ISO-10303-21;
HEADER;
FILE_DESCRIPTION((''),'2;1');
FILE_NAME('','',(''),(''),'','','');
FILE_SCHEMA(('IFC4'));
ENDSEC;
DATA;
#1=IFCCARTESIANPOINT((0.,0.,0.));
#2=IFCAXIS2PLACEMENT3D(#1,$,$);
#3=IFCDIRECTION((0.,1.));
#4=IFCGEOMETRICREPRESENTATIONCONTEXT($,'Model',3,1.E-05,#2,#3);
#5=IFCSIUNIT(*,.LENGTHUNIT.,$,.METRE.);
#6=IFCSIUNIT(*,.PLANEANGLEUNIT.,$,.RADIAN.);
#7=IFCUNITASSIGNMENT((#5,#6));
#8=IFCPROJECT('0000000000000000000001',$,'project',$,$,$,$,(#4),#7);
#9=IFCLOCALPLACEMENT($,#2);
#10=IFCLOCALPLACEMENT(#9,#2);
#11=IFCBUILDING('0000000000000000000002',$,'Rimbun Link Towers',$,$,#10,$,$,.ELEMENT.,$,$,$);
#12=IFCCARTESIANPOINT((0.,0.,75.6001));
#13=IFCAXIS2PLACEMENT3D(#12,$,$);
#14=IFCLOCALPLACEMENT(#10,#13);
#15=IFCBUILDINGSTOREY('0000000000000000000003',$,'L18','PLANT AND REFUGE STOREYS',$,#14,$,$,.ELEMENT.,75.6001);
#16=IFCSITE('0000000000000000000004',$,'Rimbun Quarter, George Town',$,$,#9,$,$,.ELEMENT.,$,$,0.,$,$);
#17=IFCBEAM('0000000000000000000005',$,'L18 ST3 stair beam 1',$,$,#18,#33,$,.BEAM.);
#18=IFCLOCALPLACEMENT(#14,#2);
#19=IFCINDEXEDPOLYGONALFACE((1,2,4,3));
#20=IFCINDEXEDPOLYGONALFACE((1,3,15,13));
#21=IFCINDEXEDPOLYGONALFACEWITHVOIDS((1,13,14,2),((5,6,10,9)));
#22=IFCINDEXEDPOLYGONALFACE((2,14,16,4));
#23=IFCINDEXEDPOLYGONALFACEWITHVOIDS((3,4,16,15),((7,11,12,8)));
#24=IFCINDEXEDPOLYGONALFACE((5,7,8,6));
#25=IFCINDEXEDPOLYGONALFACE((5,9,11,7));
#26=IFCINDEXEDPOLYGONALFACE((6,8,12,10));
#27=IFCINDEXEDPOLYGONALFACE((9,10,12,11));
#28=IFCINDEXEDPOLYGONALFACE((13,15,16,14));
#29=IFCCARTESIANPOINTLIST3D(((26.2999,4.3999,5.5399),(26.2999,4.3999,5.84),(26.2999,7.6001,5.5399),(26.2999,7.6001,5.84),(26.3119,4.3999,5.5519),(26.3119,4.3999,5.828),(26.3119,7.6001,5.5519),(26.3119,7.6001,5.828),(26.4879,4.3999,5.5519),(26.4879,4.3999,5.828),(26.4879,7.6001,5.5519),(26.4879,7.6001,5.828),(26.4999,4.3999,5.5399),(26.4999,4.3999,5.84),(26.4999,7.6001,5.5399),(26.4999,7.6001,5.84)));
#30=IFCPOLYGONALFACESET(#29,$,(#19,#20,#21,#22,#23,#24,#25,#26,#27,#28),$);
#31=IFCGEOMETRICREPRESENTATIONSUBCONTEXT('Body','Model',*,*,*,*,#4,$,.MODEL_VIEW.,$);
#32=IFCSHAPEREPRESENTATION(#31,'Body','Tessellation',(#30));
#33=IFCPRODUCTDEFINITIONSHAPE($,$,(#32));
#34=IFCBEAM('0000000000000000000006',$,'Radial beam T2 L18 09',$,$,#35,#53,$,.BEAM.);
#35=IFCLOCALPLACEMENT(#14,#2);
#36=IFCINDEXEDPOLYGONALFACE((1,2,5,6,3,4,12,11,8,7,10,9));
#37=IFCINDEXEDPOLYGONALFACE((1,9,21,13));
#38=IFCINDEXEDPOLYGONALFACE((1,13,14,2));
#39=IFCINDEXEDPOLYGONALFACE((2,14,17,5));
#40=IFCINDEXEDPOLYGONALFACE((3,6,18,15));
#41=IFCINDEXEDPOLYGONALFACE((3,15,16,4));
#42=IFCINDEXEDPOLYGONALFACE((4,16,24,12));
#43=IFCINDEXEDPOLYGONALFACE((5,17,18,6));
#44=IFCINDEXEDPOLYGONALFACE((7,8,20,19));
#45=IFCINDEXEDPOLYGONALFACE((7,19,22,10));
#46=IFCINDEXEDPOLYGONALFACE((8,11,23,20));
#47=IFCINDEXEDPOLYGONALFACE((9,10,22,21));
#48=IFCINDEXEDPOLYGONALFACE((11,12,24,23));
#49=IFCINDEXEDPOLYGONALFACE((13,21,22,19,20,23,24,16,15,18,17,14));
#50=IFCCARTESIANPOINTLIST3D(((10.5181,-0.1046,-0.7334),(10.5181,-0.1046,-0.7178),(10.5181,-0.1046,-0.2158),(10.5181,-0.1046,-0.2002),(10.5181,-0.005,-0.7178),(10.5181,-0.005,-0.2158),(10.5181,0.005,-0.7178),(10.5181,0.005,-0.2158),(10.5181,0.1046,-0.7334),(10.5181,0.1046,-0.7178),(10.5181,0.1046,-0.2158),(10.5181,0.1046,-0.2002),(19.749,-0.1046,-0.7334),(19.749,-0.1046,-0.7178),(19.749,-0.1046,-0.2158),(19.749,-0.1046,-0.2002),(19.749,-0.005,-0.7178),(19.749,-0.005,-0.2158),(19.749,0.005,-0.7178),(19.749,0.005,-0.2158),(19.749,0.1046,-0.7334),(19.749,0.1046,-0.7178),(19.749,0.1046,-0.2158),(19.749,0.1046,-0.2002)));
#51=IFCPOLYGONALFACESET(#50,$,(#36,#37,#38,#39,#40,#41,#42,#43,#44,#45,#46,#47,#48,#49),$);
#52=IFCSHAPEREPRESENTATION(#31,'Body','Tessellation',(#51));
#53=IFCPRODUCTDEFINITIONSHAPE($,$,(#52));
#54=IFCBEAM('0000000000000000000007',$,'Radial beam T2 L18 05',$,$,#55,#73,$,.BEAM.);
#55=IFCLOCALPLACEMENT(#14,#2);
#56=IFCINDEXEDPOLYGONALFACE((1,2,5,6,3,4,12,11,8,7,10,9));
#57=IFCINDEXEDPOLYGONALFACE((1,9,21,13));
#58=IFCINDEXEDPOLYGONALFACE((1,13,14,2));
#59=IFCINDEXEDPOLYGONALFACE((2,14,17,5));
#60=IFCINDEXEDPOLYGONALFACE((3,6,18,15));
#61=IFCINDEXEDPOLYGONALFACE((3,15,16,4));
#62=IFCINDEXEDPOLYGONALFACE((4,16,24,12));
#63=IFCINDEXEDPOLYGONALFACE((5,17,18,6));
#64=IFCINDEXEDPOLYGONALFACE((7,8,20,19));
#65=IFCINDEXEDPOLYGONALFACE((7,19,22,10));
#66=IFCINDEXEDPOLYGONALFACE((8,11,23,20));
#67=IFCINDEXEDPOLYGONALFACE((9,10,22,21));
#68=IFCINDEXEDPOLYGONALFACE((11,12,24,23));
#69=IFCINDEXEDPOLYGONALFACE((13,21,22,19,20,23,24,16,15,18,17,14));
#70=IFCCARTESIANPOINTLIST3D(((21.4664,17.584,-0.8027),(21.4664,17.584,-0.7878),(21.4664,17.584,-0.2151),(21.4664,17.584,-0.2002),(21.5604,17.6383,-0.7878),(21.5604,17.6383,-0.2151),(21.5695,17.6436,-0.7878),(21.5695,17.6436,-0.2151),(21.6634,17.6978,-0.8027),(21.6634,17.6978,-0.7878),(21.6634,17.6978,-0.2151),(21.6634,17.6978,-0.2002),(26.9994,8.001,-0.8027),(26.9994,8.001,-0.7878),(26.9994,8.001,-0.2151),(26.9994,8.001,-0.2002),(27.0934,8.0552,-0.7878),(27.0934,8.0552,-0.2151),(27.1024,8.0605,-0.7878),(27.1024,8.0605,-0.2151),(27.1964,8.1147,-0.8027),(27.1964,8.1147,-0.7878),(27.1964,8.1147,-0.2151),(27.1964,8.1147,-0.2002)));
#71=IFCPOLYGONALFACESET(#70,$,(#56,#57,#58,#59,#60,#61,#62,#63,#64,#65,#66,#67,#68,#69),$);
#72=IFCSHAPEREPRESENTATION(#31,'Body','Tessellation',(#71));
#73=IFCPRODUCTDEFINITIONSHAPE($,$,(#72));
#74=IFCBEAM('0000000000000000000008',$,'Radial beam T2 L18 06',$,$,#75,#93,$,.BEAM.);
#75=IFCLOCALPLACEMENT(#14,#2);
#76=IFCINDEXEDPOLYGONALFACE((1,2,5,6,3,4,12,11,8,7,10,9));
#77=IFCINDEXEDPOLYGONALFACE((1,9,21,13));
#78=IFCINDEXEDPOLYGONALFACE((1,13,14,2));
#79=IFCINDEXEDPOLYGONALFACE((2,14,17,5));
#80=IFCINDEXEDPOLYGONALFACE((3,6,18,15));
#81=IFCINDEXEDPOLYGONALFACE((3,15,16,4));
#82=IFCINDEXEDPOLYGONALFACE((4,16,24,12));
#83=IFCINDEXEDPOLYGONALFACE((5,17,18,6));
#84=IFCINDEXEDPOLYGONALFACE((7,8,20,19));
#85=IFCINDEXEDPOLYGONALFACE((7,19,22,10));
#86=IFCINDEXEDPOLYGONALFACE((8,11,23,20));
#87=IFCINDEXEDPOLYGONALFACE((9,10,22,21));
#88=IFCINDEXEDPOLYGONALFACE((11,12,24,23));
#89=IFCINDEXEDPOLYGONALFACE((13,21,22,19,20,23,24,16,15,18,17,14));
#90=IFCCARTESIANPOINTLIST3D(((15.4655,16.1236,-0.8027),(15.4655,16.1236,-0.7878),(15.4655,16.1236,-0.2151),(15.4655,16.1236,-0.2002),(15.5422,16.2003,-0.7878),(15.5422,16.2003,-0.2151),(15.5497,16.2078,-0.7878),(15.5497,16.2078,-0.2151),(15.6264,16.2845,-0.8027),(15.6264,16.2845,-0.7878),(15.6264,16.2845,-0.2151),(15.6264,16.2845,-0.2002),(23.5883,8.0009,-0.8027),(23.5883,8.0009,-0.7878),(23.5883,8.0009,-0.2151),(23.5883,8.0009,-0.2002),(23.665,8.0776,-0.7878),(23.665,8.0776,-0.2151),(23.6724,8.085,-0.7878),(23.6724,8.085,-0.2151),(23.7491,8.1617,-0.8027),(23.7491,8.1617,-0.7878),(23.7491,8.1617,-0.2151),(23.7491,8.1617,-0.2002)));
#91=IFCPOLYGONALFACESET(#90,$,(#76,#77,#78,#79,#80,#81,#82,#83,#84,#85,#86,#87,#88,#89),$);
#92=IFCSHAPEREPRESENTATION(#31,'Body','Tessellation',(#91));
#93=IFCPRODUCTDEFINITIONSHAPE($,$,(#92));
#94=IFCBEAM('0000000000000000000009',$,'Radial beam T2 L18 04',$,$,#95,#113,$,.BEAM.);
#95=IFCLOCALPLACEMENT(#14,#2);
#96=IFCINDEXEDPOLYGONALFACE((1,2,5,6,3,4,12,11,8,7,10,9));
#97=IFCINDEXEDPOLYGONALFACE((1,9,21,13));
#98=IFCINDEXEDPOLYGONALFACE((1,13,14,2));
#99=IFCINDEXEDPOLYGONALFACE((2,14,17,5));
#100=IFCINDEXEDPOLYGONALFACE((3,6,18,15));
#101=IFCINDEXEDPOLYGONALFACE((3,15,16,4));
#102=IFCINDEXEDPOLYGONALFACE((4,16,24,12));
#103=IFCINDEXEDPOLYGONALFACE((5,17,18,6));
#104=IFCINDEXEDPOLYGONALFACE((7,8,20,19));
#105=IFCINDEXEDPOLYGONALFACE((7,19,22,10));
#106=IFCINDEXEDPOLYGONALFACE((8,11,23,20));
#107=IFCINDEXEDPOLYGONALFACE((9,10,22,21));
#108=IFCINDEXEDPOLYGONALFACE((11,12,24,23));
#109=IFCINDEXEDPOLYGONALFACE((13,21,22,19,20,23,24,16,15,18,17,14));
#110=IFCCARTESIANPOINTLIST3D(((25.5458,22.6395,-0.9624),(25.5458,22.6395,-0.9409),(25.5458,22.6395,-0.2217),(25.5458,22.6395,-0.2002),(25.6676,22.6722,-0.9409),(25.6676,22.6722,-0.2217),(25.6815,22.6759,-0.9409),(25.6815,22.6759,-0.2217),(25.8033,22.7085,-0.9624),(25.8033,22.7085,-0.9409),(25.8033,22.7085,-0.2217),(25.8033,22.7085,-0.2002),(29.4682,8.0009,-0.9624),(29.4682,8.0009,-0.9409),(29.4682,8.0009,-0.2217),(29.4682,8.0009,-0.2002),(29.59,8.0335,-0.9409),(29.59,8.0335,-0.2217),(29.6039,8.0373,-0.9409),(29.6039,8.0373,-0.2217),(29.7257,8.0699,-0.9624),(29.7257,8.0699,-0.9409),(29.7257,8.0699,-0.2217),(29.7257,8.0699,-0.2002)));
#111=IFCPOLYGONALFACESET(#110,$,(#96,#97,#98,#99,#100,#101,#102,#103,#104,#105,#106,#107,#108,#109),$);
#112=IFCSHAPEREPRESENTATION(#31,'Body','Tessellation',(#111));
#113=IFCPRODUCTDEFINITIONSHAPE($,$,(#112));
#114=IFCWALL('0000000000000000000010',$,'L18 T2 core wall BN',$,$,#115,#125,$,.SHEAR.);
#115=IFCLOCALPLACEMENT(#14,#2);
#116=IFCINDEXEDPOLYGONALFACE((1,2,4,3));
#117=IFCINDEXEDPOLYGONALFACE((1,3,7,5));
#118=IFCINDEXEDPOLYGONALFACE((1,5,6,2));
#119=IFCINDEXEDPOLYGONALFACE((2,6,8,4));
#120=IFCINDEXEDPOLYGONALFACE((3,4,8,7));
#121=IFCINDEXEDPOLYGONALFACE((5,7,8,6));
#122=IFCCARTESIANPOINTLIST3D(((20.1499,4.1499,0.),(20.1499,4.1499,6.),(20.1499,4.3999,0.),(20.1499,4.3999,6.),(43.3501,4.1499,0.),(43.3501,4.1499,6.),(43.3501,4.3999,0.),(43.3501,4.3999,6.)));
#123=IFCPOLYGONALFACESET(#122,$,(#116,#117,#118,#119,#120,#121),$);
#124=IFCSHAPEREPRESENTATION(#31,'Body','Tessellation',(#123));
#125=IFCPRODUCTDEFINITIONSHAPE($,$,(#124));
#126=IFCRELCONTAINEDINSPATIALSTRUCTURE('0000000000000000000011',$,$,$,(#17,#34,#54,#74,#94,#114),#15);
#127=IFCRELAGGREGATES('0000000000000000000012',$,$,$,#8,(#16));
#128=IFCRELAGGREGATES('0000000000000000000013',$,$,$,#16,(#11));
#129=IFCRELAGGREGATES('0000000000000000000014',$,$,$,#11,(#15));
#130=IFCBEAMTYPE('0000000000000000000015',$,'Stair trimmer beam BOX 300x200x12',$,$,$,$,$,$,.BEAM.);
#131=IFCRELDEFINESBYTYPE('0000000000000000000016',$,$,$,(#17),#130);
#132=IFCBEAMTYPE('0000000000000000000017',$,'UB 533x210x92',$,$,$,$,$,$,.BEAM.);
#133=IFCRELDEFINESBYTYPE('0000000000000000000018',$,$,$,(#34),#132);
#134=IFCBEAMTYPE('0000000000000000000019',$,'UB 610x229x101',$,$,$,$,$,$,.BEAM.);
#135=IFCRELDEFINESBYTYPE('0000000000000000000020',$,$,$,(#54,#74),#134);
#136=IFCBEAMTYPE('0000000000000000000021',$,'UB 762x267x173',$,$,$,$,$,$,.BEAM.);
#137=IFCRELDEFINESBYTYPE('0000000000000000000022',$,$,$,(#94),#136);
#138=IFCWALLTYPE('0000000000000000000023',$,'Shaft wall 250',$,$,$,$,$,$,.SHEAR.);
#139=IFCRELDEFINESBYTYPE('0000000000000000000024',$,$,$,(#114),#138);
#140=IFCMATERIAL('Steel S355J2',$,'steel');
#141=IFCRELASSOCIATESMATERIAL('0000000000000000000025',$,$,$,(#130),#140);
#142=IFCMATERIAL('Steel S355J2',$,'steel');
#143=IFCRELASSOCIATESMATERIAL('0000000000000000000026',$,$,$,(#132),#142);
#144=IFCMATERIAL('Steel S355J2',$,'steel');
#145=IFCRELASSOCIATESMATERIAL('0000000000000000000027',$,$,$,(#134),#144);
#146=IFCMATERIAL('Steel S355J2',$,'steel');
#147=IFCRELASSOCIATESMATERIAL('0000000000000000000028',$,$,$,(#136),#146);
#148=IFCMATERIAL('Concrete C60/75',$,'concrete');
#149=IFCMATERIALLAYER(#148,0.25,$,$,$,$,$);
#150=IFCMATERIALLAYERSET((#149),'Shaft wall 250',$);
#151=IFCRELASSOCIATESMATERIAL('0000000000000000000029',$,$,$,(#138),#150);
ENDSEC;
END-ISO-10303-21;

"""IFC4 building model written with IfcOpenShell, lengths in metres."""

from ifc_helpers import new_model, si_unit, direction, frame, frame_2d, origin, origin_2d, place, context, subcontext, project, spatial, rectangle, hollow_rectangle, i_section, extrude, material, layer, layer_set, material_profile, profile_set, type_object, element, save


model = new_model("IFC4")

# Units and contexts
model_context = context("Model", 3, precision=1e-05, world=origin(), true_north=direction((0.0, 1.0)))
body_context = subcontext(model_context, "Body", "Model", "MODEL_VIEW")
ifc_project = project(units=[si_unit("LENGTHUNIT", "METRE"), si_unit("PLANEANGLEUNIT", "RADIAN")], contexts=[model_context])

# Site, building, storey
site_placement = place(None, origin())
site = spatial("IfcSite", under=ifc_project, at=site_placement, Name="Rimbun Quarter, George Town", CompositionType="ELEMENT", RefElevation=0.0)
building_placement = place(site_placement, origin())
building = spatial("IfcBuilding", under=site, at=building_placement, Name="Rimbun Link Towers", CompositionType="ELEMENT")
storey_placement = place(building_placement, frame((0.0, 0.0, 75.6001)))
storey = spatial("IfcBuildingStorey", under=building, at=storey_placement, Name="L18", Description="PLANT AND REFUGE STOREYS", CompositionType="ELEMENT", Elevation=75.6001)

# Beams
ifc_material_1 = material(Name="Steel S355J2", Category="steel")
ifc_material_profile_1 = material_profile(ifc_material_1, hollow_rectangle(XDim=0.2, YDim=0.3, WallThickness=0.012, at=origin_2d()), Name="BOX 300x200x12")
ifc_profile_set_1 = profile_set([ifc_material_profile_1], Name="Steel S355J2")
beam_type_1 = type_object("IfcBeamType", Name="Stair trimmer beam BOX 300x200x12", PredefinedType="BEAM", material=ifc_profile_set_1)
beam_1_placement = place(storey_placement, frame((26.3999, 7.6001, 5.6899), z_axis=(0.0, -1.0, 0.0), x_axis=(1.0, 0.0, 0.0)))
element("IfcBeam", 1, at=beam_1_placement, inside=storey, type_object=beam_type_1, Name="L18 ST3 stair beam 1", PredefinedType="BEAM", context=body_context, shape_type="SweptSolid", body=[
    extrude(hollow_rectangle(XDim=0.2, YDim=0.3, WallThickness=0.012, at=origin_2d()), origin(), (0.0, 0.0, 1.0), 3.2002),
])
ifc_material_2 = material(Name="Steel S355J2", Category="steel")
ifc_material_profile_2 = material_profile(ifc_material_2, i_section(OverallWidth=0.2092, OverallDepth=0.5332, WebThickness=0.01, FlangeThickness=0.0156, at=origin_2d()), Name="UB 533x210x92")
ifc_profile_set_2 = profile_set([ifc_material_profile_2], Name="Steel S355J2")
beam_type_2 = type_object("IfcBeamType", Name="UB 533x210x92", PredefinedType="BEAM", material=ifc_profile_set_2)
beam_2_placement = place(storey_placement, frame((19.749, 0.0, -0.4668), z_axis=(-1.0, 0.0, 0.0), x_axis=(0.0, -1.0, 0.0)))
element("IfcBeam", 2, at=beam_2_placement, inside=storey, type_object=beam_type_2, Name="Radial beam T2 L18 09", PredefinedType="BEAM", context=body_context, shape_type="SweptSolid", body=[
    extrude(i_section(OverallWidth=0.2092, OverallDepth=0.5332, WebThickness=0.01, FlangeThickness=0.0156, at=origin_2d()), origin(), (0.0, 0.0, 1.0), 9.231),
])
ifc_material_3 = material(Name="Steel S355J2", Category="steel")
ifc_material_profile_3 = material_profile(ifc_material_3, i_section(OverallWidth=0.2275, OverallDepth=0.6025, WebThickness=0.0105, FlangeThickness=0.0149, at=origin_2d()), Name="UB 610x229x101")
ifc_profile_set_3 = profile_set([ifc_material_profile_3], Name="Steel S355J2")
beam_type_3 = type_object("IfcBeamType", Name="UB 610x229x101", PredefinedType="BEAM", material=ifc_profile_set_3)
beam_3_placement = place(storey_placement, frame((27.0979, 8.0579, -0.5015), z_axis=(-0.500014, 0.866017, 0.0), x_axis=(-0.866017, -0.500014, 0.0)))
element("IfcBeam", 3, at=beam_3_placement, inside=storey, type_object=beam_type_3, Name="Radial beam T2 L18 05", PredefinedType="BEAM", context=body_context, shape_type="SweptSolid", body=[
    extrude(i_section(OverallWidth=0.2275, OverallDepth=0.6025, WebThickness=0.0105, FlangeThickness=0.0149, at=origin_2d()), origin(), (0.0, 0.0, 1.0), 11.0657),
])
beam_4_placement = place(storey_placement, frame((23.6687, 8.0813, -0.5015), z_axis=(-0.707107, 0.707107, 0.0), x_axis=(-0.707107, -0.707107, 0.0)))
element("IfcBeam", 4, at=beam_4_placement, inside=storey, type_object=beam_type_3, Name="Radial beam T2 L18 06", PredefinedType="BEAM", context=body_context, shape_type="SweptSolid", body=[
    extrude(i_section(OverallWidth=0.2275, OverallDepth=0.6025, WebThickness=0.0105, FlangeThickness=0.0149, at=origin_2d()), origin(), (0.0, 0.0, 1.0), 11.4873),
])
ifc_material_4 = material(Name="Steel S355J2", Category="steel")
ifc_material_profile_4 = material_profile(ifc_material_4, i_section(OverallWidth=0.2666, OverallDepth=0.7622, WebThickness=0.0144, FlangeThickness=0.0215, at=origin_2d()), Name="UB 762x267x173")
ifc_profile_set_4 = profile_set([ifc_material_profile_4], Name="Steel S355J2")
beam_type_4 = type_object("IfcBeamType", Name="UB 762x267x173", PredefinedType="BEAM", material=ifc_profile_set_4)
beam_5_placement = place(storey_placement, frame((29.5969, 8.0354, -0.5813), z_axis=(-0.258816, 0.965927, 0.0), x_axis=(-0.965927, -0.258816, 0.0)))
element("IfcBeam", 5, at=beam_5_placement, inside=storey, type_object=beam_type_4, Name="Radial beam T2 L18 04", PredefinedType="BEAM", context=body_context, shape_type="SweptSolid", body=[
    extrude(i_section(OverallWidth=0.2666, OverallDepth=0.7622, WebThickness=0.0144, FlangeThickness=0.0215, at=origin_2d()), origin(), (0.0, 0.0, 1.0), 15.155),
])

# Wall
ifc_material_5 = material(Name="Concrete C60/75", Category="concrete")
ifc_layer = layer(ifc_material_5, 0.25)
ifc_layer_set = layer_set([ifc_layer], Name="Shaft wall 250")
wall_type = type_object("IfcWallType", Name="Shaft wall 250", PredefinedType="SHEAR", material=ifc_layer_set)
wall_1_placement = place(storey_placement, frame((20.1499, 4.2749, 0.0), z_axis=(0.0, 0.0, 1.0), x_axis=(1.0, 0.0, 0.0)))
element("IfcWall", 6, at=wall_1_placement, inside=storey, type_object=wall_type, Name="L18 T2 core wall BN", PredefinedType="SHEAR", context=body_context, shape_type="SweptSolid", body=[
    extrude(rectangle(XDim=23.2002, YDim=0.25, at=frame_2d((11.6001, 0.0))), origin(), (0.0, 0.0, 1.0), 6.0),
])

save(model, "model.ifc")
